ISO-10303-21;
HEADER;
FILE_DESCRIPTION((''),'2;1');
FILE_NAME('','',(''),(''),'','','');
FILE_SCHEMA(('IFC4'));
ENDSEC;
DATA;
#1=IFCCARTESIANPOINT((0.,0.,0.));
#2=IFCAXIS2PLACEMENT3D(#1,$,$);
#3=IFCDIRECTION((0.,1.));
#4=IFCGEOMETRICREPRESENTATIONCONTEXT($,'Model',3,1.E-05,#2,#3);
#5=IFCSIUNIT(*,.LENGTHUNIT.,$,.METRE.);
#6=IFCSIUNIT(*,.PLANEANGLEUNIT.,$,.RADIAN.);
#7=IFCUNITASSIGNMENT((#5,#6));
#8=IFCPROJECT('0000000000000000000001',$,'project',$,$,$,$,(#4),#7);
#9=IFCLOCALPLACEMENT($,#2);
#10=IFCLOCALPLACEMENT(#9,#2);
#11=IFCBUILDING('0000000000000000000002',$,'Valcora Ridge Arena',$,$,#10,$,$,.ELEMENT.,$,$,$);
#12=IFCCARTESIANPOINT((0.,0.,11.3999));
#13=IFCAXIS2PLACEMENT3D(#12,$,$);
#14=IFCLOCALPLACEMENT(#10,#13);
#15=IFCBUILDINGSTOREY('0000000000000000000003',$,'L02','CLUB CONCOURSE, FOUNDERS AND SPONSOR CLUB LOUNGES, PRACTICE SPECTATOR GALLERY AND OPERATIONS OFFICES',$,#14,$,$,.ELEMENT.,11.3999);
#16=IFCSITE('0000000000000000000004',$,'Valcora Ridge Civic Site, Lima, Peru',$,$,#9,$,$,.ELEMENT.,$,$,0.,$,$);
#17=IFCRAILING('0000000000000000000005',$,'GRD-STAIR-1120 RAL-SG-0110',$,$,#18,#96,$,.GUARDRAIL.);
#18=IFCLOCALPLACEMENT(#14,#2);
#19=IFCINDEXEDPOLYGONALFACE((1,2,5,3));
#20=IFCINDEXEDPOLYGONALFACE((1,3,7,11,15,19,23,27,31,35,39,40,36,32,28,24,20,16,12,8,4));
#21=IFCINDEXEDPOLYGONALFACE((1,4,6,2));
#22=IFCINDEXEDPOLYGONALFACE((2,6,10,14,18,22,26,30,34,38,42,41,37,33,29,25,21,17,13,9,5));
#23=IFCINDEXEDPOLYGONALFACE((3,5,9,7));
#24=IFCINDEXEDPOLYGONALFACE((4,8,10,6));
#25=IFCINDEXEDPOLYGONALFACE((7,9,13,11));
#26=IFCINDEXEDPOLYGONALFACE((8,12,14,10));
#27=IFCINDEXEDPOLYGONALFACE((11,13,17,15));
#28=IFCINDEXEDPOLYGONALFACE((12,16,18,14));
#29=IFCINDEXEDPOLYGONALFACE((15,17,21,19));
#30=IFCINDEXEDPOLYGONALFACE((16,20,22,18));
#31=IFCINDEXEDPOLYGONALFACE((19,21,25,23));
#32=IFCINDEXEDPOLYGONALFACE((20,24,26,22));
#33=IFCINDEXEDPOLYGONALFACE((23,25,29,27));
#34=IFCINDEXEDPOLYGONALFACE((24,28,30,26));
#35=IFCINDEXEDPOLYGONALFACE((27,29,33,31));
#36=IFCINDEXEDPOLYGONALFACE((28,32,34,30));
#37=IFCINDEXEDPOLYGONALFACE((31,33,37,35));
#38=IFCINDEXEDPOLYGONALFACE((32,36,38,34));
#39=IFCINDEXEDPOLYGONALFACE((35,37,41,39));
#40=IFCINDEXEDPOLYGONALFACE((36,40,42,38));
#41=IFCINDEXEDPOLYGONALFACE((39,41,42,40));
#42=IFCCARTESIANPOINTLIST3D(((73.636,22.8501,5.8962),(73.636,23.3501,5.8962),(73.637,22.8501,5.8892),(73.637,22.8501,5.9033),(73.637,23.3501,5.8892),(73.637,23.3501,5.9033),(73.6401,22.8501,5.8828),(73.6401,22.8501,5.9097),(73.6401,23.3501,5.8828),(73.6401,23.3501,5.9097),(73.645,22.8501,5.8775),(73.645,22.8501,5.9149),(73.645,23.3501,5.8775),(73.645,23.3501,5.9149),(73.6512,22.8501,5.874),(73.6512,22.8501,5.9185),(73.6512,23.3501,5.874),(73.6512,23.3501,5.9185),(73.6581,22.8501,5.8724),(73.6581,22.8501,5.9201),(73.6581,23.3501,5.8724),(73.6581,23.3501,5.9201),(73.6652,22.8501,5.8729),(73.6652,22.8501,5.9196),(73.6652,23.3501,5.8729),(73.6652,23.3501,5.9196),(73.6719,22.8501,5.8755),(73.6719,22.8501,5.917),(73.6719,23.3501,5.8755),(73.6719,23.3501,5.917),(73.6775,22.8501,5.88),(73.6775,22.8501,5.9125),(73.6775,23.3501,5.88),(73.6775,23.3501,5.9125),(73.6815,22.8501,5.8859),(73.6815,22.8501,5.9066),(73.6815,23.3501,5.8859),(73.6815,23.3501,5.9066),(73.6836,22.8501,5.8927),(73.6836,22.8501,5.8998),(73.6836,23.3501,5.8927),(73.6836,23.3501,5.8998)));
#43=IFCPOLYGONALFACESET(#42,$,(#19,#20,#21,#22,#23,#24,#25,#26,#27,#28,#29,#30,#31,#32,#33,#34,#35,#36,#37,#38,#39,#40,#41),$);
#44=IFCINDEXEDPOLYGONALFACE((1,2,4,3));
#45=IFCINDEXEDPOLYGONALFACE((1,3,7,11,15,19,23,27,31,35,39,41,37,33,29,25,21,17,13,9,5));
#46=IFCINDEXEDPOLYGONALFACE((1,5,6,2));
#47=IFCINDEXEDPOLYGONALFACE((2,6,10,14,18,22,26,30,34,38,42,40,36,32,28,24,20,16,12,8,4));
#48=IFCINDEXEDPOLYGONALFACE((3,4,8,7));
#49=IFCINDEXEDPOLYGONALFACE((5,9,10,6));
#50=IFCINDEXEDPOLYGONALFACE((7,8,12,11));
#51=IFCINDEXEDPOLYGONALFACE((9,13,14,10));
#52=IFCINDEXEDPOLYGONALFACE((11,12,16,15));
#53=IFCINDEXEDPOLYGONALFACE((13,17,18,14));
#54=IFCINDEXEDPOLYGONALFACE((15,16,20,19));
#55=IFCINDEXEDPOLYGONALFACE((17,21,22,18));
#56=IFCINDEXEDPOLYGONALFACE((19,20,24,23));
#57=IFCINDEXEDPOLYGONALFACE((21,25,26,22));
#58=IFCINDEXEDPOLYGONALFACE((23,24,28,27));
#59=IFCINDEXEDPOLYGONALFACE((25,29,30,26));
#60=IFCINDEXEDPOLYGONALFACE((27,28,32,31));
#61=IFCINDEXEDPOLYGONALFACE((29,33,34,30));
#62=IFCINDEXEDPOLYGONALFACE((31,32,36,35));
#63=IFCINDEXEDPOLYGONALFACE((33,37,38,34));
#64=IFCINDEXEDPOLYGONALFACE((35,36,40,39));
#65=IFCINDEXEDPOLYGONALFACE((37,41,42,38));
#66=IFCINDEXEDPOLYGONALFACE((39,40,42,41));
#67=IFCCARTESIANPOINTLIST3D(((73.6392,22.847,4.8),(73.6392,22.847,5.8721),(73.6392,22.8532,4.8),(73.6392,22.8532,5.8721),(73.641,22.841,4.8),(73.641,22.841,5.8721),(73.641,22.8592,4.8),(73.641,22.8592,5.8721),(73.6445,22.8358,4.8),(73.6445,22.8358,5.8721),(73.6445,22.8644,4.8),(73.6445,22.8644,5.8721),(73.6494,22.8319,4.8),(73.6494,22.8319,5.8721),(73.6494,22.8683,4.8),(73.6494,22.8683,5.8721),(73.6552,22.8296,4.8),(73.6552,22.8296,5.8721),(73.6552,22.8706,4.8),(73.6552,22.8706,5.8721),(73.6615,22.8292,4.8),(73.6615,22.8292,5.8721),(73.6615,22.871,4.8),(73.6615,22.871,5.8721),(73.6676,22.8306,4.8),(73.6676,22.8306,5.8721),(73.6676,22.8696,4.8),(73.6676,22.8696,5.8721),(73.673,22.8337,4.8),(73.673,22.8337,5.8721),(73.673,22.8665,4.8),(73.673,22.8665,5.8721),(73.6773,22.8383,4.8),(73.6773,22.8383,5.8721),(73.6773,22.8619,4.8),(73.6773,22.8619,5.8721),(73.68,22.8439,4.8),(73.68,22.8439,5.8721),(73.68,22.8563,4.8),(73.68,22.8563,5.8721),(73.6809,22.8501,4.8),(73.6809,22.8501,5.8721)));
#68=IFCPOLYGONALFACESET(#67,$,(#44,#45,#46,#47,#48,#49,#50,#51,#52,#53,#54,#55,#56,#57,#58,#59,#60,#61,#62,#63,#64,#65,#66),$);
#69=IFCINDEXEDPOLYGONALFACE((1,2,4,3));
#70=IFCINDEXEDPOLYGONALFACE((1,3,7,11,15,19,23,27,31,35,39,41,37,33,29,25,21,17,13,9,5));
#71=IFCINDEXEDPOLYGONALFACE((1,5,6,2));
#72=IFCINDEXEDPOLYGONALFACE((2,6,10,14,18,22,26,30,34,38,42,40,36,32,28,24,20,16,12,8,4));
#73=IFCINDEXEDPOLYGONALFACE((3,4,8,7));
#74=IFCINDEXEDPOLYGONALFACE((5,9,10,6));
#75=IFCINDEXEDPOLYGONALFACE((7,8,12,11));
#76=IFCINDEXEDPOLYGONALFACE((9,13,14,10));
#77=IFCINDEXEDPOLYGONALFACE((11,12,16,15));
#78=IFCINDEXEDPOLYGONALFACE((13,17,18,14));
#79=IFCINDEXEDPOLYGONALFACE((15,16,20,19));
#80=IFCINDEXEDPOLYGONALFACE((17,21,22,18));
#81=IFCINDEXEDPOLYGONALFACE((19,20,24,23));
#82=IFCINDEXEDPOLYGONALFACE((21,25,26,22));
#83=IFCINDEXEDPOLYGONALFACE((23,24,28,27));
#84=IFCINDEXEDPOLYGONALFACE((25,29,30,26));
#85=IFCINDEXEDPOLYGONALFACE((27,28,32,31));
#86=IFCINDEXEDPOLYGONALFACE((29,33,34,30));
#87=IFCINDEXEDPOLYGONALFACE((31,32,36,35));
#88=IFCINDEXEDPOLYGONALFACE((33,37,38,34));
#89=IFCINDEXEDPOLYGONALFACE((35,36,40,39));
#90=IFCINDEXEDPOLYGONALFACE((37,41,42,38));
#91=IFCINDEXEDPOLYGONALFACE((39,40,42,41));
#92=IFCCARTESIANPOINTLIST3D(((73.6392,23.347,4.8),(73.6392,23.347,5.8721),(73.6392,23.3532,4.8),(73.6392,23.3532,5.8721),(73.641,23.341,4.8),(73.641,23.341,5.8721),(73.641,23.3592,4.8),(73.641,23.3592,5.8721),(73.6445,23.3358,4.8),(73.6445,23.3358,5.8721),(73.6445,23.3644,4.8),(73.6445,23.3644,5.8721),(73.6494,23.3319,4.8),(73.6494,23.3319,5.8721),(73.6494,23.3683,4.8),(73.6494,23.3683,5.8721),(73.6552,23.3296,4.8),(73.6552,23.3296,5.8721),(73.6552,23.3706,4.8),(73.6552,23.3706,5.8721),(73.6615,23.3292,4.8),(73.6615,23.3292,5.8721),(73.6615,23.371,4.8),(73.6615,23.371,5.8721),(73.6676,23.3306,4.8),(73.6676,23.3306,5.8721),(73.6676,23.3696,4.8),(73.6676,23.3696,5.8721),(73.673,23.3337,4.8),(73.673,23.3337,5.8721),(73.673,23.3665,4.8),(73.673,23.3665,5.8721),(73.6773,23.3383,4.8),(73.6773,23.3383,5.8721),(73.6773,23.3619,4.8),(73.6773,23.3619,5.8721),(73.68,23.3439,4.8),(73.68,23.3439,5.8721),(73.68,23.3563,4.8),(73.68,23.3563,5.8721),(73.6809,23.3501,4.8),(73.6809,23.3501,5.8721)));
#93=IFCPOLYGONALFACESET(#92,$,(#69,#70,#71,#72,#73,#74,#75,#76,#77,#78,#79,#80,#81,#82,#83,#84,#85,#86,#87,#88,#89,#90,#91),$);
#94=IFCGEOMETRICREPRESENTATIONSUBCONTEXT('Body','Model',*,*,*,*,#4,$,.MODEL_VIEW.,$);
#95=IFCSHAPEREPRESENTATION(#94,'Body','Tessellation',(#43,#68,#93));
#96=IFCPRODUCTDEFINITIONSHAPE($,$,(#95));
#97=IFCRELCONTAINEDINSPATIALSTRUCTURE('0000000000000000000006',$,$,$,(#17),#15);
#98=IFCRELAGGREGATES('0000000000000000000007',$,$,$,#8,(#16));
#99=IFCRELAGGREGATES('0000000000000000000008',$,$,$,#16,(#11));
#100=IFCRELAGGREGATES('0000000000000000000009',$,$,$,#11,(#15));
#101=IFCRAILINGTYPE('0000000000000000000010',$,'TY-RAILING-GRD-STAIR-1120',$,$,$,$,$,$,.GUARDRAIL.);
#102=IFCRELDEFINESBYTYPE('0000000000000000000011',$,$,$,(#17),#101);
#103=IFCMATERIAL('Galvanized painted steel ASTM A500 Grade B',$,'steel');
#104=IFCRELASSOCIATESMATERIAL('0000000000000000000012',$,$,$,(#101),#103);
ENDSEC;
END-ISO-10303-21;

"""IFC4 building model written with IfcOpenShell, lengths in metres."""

from ifc_helpers import new_model, si_unit, direction, frame, origin, origin_2d, place, context, subcontext, project, spatial, circle, extrude, material, type_object, element, save


model = new_model("IFC4")

# Units and contexts
model_context = context("Model", 3, precision=1e-05, world=origin(), true_north=direction((0.0, 1.0)))
body_context = subcontext(model_context, "Body", "Model", "MODEL_VIEW")
ifc_project = project(units=[si_unit("LENGTHUNIT", "METRE"), si_unit("PLANEANGLEUNIT", "RADIAN")], contexts=[model_context])

# Site, building, storey
site_placement = place(None, origin())
site = spatial("IfcSite", under=ifc_project, at=site_placement, Name="Valcora Ridge Civic Site, Lima, Peru", CompositionType="ELEMENT", RefElevation=0.0)
building_placement = place(site_placement, origin())
building = spatial("IfcBuilding", under=site, at=building_placement, Name="Valcora Ridge Arena", CompositionType="ELEMENT")
storey_placement = place(building_placement, frame((0.0, 0.0, 11.3999)))
storey = spatial("IfcBuildingStorey", under=building, at=storey_placement, Name="L02", Description="CLUB CONCOURSE, FOUNDERS AND SPONSOR CLUB LOUNGES, PRACTICE SPECTATOR GALLERY AND OPERATIONS OFFICES", CompositionType="ELEMENT", Elevation=11.3999)

# Railing
ifc_material_1 = material(Name="Galvanized painted steel ASTM A500 Grade B", Category="steel")
railing_type_1 = type_object("IfcRailingType", Name="TY-RAILING-GRD-STAIR-1120", PredefinedType="GUARDRAIL", material=ifc_material_1)
railing_1_placement = place(storey_placement, frame((73.6599, 22.8501, 4.8)))
element("IfcRailing", 1, at=railing_1_placement, inside=storey, type_object=railing_type_1, Name="GRD-STAIR-1120 RAL-SG-0110", PredefinedType="GUARDRAIL", context=body_context, shape_type="SweptSolid", body=[
    extrude(circle(Radius=0.0239, at=origin_2d()), frame((0.0, 0.0, 1.0962), z_axis=(0.0, 1.0, 0.0), x_axis=(-1.0, 0.0, 0.0)), (0.0, 0.0, 1.0), 0.5),
    extrude(circle(Radius=0.021, at=origin_2d()), origin(), (0.0, 0.0, 1.0), 1.072),
    extrude(circle(Radius=0.021, at=origin_2d()), frame((0.0, 0.5, 0.0)), (0.0, 0.0, 1.0), 1.072),
])

save(model, "model.ifc")
